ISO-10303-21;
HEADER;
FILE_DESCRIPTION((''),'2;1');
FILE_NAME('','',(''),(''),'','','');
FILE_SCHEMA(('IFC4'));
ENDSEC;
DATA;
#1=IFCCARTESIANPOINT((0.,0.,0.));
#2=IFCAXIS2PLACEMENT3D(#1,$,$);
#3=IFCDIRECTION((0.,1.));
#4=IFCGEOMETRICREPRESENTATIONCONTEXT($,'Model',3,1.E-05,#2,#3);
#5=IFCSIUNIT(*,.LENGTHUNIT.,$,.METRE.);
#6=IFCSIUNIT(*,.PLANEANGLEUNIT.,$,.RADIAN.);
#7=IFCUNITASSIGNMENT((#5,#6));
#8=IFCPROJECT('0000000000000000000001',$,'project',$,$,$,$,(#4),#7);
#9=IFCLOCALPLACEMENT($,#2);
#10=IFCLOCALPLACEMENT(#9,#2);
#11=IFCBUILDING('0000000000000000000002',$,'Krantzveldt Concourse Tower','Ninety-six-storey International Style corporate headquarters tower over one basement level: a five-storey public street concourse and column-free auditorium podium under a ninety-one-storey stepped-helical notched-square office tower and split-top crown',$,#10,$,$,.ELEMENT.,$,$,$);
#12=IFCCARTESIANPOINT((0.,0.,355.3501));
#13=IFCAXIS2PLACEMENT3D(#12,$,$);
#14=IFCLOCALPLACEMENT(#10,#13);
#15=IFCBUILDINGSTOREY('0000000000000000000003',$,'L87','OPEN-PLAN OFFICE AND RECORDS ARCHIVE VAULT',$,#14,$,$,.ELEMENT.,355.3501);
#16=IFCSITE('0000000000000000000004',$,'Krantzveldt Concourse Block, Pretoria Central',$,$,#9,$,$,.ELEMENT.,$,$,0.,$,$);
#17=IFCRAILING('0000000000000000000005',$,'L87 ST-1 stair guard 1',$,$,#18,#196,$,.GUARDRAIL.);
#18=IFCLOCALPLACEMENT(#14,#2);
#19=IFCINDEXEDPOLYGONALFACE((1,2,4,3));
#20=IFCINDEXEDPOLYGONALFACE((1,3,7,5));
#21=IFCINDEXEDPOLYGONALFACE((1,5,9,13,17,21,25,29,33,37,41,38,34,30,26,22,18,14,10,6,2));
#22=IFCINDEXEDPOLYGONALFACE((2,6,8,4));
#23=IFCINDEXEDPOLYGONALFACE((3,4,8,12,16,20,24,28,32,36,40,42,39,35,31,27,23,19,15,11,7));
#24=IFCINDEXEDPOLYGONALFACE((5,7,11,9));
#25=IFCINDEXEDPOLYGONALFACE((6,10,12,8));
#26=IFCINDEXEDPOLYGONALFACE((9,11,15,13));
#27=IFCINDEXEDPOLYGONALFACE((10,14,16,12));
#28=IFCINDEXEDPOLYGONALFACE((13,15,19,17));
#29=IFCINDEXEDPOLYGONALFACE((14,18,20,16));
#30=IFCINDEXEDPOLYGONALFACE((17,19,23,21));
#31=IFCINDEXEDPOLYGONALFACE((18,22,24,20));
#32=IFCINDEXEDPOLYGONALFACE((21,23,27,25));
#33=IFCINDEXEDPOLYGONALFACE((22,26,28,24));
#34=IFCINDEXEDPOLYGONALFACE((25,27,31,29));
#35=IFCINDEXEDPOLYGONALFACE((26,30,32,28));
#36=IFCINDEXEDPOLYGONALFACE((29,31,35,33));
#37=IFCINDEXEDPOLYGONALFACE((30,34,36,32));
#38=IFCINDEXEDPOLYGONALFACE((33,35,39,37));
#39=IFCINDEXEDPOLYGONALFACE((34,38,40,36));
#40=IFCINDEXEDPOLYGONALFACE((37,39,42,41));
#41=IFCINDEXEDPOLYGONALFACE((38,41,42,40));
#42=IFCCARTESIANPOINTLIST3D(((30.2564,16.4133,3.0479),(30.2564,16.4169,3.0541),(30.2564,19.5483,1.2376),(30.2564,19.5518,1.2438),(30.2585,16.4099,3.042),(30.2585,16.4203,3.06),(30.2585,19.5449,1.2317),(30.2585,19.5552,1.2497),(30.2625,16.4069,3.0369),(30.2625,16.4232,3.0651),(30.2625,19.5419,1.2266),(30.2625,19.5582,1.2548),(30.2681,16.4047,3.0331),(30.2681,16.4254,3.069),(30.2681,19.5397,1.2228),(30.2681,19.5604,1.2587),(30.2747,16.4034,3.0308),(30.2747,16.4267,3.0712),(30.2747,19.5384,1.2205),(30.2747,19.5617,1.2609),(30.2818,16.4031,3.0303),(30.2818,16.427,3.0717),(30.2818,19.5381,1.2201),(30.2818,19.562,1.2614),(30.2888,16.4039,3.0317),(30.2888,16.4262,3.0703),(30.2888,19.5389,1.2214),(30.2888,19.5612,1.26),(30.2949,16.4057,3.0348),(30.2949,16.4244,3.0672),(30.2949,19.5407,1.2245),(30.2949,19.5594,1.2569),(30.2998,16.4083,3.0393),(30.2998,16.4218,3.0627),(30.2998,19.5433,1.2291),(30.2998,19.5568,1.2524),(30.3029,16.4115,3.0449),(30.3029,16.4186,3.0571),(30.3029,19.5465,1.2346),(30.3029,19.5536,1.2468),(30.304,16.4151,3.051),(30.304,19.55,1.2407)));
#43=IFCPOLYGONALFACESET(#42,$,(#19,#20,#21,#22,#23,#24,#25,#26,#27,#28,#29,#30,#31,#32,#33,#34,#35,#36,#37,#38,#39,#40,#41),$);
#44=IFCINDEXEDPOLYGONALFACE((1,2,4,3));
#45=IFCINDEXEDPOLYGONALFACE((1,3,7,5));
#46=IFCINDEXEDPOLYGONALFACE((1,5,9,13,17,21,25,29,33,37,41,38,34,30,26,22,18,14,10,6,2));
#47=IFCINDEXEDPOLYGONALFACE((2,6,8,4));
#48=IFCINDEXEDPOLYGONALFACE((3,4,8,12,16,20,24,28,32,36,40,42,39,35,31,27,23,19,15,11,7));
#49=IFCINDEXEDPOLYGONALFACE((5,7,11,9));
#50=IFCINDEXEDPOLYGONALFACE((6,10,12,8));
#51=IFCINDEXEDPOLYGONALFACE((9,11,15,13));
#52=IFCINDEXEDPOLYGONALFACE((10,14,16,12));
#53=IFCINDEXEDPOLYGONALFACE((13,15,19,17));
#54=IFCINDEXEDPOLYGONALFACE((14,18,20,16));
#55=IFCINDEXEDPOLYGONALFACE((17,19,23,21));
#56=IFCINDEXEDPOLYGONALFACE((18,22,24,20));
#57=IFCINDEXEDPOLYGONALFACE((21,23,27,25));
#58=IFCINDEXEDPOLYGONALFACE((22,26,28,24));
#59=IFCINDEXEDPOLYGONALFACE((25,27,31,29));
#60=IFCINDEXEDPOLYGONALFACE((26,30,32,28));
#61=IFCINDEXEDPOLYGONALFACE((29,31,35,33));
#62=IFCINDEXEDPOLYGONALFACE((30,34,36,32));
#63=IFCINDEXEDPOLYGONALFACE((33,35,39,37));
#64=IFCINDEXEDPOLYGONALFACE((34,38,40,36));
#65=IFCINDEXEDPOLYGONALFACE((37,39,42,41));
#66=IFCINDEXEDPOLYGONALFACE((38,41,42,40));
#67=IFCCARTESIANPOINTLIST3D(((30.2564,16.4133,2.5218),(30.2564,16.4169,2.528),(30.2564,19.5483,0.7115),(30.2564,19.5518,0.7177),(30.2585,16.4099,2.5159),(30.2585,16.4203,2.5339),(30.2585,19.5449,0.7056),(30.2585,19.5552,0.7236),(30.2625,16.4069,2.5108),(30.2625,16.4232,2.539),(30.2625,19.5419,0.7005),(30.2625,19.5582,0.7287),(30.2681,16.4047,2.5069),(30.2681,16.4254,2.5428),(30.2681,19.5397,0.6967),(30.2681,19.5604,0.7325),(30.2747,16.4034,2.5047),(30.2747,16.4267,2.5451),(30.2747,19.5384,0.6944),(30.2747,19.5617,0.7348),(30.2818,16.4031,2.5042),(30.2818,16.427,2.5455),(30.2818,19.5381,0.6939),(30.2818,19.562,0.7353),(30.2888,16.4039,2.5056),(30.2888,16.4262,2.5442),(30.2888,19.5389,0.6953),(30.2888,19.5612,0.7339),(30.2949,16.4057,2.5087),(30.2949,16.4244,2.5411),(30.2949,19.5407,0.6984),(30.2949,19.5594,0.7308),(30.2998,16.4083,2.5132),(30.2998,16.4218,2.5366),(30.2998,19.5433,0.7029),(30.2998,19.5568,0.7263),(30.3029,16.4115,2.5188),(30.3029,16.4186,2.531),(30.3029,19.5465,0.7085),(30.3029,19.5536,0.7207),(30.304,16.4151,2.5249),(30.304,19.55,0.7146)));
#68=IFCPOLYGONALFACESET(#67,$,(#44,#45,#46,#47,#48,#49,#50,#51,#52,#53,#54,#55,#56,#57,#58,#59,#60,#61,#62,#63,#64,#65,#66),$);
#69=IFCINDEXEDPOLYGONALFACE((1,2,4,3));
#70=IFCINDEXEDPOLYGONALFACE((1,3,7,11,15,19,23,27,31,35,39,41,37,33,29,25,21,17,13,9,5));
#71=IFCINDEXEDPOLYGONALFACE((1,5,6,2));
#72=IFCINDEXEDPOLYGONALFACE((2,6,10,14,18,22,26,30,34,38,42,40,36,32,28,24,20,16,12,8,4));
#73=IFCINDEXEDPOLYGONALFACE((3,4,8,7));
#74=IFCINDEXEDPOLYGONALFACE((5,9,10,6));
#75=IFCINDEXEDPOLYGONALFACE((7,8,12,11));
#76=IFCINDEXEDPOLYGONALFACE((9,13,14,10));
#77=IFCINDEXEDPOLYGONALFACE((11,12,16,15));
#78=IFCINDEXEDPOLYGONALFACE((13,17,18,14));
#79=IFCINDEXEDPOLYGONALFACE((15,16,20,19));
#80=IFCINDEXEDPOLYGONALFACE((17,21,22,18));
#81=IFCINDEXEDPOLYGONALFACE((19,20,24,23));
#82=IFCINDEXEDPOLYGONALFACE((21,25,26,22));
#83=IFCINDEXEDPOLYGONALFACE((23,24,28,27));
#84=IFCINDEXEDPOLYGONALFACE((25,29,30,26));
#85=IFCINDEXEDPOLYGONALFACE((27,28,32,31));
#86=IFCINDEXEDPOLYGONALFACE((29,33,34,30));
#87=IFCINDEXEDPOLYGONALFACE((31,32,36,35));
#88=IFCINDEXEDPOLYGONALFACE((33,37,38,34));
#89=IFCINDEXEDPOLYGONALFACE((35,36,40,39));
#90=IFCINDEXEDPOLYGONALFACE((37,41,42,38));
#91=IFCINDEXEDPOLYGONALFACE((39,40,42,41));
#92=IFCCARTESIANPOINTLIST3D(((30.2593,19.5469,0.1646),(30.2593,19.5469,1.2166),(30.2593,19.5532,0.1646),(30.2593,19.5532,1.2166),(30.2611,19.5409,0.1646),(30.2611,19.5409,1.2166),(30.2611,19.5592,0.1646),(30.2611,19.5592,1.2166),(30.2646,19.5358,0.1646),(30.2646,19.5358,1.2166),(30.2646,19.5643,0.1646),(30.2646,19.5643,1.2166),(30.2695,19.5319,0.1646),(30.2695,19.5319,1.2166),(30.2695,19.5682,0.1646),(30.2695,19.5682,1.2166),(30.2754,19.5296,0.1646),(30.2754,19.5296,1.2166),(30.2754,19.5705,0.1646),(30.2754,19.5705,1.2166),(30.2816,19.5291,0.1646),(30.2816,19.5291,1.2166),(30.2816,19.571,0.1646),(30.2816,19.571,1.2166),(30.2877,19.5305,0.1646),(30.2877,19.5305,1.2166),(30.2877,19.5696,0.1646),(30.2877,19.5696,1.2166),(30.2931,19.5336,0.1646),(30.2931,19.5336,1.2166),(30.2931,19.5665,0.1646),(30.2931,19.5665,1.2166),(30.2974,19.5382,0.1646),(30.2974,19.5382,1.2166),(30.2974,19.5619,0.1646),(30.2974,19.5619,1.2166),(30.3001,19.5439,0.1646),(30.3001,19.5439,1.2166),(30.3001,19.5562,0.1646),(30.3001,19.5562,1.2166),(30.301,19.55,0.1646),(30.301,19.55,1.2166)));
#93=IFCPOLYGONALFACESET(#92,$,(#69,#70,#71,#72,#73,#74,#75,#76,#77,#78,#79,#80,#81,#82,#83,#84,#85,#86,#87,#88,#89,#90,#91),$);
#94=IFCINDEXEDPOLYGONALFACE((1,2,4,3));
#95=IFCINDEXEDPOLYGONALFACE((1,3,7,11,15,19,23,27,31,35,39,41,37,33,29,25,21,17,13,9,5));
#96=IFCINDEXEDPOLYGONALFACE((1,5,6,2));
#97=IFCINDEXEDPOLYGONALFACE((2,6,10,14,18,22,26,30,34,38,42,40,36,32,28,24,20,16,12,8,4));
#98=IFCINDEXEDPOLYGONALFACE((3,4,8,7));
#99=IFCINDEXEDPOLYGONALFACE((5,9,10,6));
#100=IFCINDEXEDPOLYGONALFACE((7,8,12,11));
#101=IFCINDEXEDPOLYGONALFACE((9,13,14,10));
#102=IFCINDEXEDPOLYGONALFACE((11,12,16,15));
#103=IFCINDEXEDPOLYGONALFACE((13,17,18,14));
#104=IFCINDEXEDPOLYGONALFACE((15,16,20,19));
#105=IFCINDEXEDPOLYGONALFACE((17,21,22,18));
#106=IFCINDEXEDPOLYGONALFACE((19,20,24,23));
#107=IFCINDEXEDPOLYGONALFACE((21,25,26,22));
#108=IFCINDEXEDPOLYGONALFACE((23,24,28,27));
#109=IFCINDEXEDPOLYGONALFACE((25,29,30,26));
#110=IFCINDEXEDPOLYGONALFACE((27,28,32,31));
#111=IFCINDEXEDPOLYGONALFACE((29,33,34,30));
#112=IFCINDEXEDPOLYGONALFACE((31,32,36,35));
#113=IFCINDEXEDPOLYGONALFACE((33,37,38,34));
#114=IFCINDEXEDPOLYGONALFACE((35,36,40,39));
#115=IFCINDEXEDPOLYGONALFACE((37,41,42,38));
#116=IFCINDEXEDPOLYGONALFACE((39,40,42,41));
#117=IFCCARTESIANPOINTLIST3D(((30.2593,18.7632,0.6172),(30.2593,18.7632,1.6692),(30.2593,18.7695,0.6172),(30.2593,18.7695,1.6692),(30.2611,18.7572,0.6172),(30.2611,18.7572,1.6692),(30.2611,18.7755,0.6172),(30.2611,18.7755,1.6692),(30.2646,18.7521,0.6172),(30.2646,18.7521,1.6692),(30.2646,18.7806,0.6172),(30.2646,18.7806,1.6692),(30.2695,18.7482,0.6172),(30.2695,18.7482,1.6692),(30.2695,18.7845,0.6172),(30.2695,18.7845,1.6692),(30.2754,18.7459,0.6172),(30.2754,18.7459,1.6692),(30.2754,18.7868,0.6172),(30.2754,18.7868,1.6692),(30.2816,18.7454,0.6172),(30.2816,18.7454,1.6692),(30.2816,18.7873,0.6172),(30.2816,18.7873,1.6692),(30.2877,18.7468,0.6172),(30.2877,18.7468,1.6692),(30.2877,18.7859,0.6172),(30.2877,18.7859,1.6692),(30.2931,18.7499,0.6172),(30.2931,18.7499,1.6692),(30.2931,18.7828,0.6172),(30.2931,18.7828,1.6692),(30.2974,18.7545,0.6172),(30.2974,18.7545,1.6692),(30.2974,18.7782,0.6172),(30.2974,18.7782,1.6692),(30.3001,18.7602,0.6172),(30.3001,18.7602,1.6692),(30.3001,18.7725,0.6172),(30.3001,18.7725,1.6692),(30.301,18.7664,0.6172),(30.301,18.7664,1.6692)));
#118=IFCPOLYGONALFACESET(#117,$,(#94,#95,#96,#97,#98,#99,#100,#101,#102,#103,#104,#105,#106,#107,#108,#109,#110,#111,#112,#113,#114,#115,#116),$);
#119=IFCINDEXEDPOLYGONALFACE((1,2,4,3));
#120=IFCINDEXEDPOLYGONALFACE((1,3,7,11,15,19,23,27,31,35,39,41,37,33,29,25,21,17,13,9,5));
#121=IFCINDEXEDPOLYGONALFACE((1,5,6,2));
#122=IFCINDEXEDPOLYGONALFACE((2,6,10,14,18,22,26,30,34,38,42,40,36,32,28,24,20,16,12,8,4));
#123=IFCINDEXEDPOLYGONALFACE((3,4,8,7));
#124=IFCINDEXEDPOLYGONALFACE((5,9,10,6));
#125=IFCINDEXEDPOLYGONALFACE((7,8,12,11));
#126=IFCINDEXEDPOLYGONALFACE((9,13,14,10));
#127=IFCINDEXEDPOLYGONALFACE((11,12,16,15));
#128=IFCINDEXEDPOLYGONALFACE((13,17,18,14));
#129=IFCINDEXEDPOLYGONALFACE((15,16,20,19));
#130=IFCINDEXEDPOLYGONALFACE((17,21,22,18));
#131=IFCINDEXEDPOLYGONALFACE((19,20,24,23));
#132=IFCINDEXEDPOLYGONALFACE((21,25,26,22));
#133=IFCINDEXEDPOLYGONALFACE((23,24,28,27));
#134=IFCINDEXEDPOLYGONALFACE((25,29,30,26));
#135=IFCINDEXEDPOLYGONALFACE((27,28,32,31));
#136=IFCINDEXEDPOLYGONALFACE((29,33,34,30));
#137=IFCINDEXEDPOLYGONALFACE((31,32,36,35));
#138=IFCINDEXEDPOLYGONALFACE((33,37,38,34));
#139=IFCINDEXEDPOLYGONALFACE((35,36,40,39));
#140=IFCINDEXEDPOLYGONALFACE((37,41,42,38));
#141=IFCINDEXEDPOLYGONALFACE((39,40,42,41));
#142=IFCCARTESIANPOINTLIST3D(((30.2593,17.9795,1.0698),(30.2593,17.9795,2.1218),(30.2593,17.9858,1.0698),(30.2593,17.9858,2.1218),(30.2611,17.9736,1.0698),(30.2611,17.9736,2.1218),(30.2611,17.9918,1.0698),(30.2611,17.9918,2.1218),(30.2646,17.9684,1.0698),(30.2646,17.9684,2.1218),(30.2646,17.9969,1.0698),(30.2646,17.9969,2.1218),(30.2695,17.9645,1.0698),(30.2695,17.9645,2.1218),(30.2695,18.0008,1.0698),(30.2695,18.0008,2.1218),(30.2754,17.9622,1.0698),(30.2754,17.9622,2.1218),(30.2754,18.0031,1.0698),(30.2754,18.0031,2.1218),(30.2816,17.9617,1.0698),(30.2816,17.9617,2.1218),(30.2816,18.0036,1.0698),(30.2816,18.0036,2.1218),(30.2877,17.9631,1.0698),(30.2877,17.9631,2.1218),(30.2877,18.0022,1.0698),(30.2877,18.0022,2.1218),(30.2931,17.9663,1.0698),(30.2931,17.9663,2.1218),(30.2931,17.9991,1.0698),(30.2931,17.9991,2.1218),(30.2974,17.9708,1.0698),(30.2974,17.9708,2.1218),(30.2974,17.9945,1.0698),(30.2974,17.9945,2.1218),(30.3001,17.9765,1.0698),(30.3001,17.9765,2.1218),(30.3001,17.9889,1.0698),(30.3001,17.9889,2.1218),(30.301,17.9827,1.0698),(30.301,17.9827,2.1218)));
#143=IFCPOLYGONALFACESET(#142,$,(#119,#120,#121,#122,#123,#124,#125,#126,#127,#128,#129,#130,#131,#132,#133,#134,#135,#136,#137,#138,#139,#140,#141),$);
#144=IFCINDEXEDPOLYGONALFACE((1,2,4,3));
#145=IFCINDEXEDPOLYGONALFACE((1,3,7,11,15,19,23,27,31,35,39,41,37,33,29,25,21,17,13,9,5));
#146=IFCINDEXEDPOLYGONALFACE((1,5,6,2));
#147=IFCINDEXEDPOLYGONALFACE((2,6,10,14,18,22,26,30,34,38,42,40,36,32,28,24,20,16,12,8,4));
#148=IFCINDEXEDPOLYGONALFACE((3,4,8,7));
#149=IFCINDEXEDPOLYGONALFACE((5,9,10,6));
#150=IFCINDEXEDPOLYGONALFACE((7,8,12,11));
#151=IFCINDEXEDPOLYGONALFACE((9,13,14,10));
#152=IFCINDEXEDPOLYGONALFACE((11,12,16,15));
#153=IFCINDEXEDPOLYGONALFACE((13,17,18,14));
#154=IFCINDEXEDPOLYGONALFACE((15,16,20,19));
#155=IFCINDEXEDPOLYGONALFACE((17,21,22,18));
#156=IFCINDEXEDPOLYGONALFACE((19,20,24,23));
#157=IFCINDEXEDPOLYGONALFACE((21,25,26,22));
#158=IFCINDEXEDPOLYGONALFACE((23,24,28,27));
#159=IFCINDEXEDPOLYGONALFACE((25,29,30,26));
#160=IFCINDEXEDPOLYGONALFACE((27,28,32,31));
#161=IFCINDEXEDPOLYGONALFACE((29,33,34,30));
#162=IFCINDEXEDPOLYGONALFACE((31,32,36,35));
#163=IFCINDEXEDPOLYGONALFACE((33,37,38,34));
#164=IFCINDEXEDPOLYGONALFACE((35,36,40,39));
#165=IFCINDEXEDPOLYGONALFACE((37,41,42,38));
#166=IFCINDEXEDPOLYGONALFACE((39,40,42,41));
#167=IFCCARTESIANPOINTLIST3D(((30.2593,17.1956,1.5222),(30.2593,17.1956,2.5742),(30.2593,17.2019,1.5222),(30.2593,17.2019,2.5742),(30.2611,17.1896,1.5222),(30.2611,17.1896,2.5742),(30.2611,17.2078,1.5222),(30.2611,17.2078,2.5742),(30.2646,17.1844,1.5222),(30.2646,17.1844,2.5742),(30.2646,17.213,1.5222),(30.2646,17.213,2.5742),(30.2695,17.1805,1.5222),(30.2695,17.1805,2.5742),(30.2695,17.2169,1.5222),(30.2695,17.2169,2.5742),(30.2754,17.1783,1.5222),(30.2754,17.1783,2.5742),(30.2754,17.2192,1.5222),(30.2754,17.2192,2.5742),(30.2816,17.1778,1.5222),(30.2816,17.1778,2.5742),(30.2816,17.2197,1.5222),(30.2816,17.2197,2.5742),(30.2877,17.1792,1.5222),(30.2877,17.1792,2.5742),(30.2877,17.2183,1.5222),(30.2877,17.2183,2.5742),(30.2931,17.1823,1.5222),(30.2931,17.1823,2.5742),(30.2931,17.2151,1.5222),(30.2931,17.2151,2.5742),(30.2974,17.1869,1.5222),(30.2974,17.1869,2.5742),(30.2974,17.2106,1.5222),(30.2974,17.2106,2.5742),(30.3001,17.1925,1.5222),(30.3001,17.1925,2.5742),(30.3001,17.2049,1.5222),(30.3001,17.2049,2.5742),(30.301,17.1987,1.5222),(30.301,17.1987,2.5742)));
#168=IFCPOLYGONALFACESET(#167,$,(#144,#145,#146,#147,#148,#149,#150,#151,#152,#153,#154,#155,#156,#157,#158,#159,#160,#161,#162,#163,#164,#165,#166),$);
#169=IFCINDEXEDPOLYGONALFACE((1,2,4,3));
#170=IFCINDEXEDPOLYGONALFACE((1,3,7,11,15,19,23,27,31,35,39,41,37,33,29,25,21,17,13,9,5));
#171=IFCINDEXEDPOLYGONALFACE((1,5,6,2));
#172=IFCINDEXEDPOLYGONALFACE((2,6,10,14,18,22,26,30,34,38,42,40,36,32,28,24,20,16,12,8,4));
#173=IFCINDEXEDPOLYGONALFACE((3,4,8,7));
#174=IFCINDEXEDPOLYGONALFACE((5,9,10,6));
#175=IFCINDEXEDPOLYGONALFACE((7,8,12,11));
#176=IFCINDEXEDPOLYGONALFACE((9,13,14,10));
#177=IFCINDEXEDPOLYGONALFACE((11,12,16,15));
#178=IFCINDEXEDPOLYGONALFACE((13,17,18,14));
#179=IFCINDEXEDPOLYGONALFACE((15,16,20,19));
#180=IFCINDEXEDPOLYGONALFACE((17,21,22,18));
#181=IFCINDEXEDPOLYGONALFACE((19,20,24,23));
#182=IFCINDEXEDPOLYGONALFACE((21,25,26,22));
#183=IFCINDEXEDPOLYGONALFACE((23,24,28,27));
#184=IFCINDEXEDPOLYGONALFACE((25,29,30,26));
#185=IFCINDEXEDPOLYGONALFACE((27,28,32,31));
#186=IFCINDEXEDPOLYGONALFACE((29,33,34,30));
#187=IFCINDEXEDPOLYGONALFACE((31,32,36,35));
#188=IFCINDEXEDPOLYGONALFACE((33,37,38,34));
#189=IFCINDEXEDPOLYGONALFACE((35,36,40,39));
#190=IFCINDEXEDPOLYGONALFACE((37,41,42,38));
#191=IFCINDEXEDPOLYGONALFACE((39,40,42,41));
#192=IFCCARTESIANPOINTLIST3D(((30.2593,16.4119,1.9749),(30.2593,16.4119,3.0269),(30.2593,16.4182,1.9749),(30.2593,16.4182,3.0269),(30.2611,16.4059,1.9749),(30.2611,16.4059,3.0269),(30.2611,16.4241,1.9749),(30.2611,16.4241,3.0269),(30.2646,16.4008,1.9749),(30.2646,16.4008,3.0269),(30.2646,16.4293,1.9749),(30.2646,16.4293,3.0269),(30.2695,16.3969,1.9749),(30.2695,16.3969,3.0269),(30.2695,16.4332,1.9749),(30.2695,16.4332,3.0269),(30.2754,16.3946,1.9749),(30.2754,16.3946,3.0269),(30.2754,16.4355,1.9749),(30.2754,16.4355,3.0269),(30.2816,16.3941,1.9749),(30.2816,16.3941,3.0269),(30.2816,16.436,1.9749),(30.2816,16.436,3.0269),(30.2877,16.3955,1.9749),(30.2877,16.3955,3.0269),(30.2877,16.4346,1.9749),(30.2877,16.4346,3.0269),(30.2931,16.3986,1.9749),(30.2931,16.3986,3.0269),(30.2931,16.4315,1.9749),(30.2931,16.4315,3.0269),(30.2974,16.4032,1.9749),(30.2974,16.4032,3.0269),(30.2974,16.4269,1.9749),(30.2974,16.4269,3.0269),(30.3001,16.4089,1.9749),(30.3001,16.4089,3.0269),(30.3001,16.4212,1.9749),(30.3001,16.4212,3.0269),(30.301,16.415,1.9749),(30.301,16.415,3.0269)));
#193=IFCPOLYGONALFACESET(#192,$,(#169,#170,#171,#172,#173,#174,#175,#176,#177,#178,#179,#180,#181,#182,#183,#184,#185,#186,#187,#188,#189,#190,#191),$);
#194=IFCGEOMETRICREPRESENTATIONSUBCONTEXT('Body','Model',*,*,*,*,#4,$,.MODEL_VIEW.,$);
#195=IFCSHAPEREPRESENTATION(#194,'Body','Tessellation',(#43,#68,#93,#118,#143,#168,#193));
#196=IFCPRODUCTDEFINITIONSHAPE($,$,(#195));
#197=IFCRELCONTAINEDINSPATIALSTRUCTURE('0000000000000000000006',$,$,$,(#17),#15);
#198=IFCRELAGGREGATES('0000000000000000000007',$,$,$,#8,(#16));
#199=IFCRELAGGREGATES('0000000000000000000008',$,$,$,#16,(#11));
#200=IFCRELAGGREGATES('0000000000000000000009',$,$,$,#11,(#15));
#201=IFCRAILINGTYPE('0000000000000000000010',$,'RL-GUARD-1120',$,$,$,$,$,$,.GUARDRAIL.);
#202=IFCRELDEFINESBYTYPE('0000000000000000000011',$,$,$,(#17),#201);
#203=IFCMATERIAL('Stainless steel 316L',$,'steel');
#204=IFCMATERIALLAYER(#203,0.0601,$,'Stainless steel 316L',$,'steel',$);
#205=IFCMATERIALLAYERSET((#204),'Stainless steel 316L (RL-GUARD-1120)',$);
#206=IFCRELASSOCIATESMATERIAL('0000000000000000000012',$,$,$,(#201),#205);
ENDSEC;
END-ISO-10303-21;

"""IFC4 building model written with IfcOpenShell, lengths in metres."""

from ifc_helpers import new_model, si_unit, direction, frame, origin, origin_2d, place, context, subcontext, project, spatial, circle, extrude, material, layer, layer_set, type_object, element, save


model = new_model("IFC4")

# Units and contexts
model_context = context("Model", 3, precision=1e-05, world=origin(), true_north=direction((0.0, 1.0)))
body_context = subcontext(model_context, "Body", "Model", "MODEL_VIEW")
ifc_project = project(units=[si_unit("LENGTHUNIT", "METRE"), si_unit("PLANEANGLEUNIT", "RADIAN")], contexts=[model_context])

# Site, building, storey
site_placement = place(None, origin())
site = spatial("IfcSite", under=ifc_project, at=site_placement, Name="Krantzveldt Concourse Block, Pretoria Central", CompositionType="ELEMENT", RefElevation=0.0)
building_placement = place(site_placement, origin())
building = spatial("IfcBuilding", under=site, at=building_placement, Name="Krantzveldt Concourse Tower", Description="Ninety-six-storey International Style corporate headquarters tower over one basement level: a five-storey public street concourse and column-free auditorium podium under a ninety-one-storey stepped-helical notched-square office tower and split-top crown", CompositionType="ELEMENT")
storey_placement = place(building_placement, frame((0.0, 0.0, 355.3501)))
storey = spatial("IfcBuildingStorey", under=building, at=storey_placement, Name="L87", Description="OPEN-PLAN OFFICE AND RECORDS ARCHIVE VAULT", CompositionType="ELEMENT", Elevation=355.3501)

# Railing
ifc_material_1 = material(Name="Stainless steel 316L", Category="steel")
ifc_layer_1 = layer(ifc_material_1, 0.0601, Name="Stainless steel 316L", Category="steel")
ifc_layer_set_1 = layer_set([ifc_layer_1], Name="Stainless steel 316L (RL-GUARD-1120)")
railing_type_1 = type_object("IfcRailingType", Name="RL-GUARD-1120", PredefinedType="GUARDRAIL", material=ifc_layer_set_1)
railing_1_placement = place(storey_placement, frame((30.28, 19.55, 0.1646)))
element("IfcRailing", 1, at=railing_1_placement, inside=storey, type_object=railing_type_1, Name="L87 ST-1 stair guard 1", PredefinedType="GUARDRAIL", context=body_context, shape_type="SweptSolid", body=[
    extrude(circle(Radius=0.0239, at=origin_2d()), frame((0.0, 0.0, 1.0762), z_axis=(0.0, -0.865989, 0.500063), x_axis=(1.0, 0.0, 0.0)), (0.0, 0.0, 1.0), 3.6201),
    extrude(circle(Radius=0.0239, at=origin_2d()), frame((0.0, 0.0, 0.55), z_axis=(0.0, -0.865989, 0.500063), x_axis=(1.0, 0.0, 0.0)), (0.0, 0.0, 1.0), 3.6201),
    extrude(circle(Radius=0.021, at=origin_2d()), origin(), (0.0, 0.0, 1.0), 1.052),
    extrude(circle(Radius=0.021, at=origin_2d()), frame((0.0, -0.7837, 0.4526)), (0.0, 0.0, 1.0), 1.052),
    extrude(circle(Radius=0.021, at=origin_2d()), frame((0.0, -1.5674, 0.9053)), (0.0, 0.0, 1.0), 1.052),
    extrude(circle(Radius=0.021, at=origin_2d()), frame((0.0, -2.3513, 1.3577)), (0.0, 0.0, 1.0), 1.052),
    extrude(circle(Radius=0.021, at=origin_2d()), frame((0.0, -3.135, 1.8103)), (0.0, 0.0, 1.0), 1.052),
])

save(model, "model.ifc")
